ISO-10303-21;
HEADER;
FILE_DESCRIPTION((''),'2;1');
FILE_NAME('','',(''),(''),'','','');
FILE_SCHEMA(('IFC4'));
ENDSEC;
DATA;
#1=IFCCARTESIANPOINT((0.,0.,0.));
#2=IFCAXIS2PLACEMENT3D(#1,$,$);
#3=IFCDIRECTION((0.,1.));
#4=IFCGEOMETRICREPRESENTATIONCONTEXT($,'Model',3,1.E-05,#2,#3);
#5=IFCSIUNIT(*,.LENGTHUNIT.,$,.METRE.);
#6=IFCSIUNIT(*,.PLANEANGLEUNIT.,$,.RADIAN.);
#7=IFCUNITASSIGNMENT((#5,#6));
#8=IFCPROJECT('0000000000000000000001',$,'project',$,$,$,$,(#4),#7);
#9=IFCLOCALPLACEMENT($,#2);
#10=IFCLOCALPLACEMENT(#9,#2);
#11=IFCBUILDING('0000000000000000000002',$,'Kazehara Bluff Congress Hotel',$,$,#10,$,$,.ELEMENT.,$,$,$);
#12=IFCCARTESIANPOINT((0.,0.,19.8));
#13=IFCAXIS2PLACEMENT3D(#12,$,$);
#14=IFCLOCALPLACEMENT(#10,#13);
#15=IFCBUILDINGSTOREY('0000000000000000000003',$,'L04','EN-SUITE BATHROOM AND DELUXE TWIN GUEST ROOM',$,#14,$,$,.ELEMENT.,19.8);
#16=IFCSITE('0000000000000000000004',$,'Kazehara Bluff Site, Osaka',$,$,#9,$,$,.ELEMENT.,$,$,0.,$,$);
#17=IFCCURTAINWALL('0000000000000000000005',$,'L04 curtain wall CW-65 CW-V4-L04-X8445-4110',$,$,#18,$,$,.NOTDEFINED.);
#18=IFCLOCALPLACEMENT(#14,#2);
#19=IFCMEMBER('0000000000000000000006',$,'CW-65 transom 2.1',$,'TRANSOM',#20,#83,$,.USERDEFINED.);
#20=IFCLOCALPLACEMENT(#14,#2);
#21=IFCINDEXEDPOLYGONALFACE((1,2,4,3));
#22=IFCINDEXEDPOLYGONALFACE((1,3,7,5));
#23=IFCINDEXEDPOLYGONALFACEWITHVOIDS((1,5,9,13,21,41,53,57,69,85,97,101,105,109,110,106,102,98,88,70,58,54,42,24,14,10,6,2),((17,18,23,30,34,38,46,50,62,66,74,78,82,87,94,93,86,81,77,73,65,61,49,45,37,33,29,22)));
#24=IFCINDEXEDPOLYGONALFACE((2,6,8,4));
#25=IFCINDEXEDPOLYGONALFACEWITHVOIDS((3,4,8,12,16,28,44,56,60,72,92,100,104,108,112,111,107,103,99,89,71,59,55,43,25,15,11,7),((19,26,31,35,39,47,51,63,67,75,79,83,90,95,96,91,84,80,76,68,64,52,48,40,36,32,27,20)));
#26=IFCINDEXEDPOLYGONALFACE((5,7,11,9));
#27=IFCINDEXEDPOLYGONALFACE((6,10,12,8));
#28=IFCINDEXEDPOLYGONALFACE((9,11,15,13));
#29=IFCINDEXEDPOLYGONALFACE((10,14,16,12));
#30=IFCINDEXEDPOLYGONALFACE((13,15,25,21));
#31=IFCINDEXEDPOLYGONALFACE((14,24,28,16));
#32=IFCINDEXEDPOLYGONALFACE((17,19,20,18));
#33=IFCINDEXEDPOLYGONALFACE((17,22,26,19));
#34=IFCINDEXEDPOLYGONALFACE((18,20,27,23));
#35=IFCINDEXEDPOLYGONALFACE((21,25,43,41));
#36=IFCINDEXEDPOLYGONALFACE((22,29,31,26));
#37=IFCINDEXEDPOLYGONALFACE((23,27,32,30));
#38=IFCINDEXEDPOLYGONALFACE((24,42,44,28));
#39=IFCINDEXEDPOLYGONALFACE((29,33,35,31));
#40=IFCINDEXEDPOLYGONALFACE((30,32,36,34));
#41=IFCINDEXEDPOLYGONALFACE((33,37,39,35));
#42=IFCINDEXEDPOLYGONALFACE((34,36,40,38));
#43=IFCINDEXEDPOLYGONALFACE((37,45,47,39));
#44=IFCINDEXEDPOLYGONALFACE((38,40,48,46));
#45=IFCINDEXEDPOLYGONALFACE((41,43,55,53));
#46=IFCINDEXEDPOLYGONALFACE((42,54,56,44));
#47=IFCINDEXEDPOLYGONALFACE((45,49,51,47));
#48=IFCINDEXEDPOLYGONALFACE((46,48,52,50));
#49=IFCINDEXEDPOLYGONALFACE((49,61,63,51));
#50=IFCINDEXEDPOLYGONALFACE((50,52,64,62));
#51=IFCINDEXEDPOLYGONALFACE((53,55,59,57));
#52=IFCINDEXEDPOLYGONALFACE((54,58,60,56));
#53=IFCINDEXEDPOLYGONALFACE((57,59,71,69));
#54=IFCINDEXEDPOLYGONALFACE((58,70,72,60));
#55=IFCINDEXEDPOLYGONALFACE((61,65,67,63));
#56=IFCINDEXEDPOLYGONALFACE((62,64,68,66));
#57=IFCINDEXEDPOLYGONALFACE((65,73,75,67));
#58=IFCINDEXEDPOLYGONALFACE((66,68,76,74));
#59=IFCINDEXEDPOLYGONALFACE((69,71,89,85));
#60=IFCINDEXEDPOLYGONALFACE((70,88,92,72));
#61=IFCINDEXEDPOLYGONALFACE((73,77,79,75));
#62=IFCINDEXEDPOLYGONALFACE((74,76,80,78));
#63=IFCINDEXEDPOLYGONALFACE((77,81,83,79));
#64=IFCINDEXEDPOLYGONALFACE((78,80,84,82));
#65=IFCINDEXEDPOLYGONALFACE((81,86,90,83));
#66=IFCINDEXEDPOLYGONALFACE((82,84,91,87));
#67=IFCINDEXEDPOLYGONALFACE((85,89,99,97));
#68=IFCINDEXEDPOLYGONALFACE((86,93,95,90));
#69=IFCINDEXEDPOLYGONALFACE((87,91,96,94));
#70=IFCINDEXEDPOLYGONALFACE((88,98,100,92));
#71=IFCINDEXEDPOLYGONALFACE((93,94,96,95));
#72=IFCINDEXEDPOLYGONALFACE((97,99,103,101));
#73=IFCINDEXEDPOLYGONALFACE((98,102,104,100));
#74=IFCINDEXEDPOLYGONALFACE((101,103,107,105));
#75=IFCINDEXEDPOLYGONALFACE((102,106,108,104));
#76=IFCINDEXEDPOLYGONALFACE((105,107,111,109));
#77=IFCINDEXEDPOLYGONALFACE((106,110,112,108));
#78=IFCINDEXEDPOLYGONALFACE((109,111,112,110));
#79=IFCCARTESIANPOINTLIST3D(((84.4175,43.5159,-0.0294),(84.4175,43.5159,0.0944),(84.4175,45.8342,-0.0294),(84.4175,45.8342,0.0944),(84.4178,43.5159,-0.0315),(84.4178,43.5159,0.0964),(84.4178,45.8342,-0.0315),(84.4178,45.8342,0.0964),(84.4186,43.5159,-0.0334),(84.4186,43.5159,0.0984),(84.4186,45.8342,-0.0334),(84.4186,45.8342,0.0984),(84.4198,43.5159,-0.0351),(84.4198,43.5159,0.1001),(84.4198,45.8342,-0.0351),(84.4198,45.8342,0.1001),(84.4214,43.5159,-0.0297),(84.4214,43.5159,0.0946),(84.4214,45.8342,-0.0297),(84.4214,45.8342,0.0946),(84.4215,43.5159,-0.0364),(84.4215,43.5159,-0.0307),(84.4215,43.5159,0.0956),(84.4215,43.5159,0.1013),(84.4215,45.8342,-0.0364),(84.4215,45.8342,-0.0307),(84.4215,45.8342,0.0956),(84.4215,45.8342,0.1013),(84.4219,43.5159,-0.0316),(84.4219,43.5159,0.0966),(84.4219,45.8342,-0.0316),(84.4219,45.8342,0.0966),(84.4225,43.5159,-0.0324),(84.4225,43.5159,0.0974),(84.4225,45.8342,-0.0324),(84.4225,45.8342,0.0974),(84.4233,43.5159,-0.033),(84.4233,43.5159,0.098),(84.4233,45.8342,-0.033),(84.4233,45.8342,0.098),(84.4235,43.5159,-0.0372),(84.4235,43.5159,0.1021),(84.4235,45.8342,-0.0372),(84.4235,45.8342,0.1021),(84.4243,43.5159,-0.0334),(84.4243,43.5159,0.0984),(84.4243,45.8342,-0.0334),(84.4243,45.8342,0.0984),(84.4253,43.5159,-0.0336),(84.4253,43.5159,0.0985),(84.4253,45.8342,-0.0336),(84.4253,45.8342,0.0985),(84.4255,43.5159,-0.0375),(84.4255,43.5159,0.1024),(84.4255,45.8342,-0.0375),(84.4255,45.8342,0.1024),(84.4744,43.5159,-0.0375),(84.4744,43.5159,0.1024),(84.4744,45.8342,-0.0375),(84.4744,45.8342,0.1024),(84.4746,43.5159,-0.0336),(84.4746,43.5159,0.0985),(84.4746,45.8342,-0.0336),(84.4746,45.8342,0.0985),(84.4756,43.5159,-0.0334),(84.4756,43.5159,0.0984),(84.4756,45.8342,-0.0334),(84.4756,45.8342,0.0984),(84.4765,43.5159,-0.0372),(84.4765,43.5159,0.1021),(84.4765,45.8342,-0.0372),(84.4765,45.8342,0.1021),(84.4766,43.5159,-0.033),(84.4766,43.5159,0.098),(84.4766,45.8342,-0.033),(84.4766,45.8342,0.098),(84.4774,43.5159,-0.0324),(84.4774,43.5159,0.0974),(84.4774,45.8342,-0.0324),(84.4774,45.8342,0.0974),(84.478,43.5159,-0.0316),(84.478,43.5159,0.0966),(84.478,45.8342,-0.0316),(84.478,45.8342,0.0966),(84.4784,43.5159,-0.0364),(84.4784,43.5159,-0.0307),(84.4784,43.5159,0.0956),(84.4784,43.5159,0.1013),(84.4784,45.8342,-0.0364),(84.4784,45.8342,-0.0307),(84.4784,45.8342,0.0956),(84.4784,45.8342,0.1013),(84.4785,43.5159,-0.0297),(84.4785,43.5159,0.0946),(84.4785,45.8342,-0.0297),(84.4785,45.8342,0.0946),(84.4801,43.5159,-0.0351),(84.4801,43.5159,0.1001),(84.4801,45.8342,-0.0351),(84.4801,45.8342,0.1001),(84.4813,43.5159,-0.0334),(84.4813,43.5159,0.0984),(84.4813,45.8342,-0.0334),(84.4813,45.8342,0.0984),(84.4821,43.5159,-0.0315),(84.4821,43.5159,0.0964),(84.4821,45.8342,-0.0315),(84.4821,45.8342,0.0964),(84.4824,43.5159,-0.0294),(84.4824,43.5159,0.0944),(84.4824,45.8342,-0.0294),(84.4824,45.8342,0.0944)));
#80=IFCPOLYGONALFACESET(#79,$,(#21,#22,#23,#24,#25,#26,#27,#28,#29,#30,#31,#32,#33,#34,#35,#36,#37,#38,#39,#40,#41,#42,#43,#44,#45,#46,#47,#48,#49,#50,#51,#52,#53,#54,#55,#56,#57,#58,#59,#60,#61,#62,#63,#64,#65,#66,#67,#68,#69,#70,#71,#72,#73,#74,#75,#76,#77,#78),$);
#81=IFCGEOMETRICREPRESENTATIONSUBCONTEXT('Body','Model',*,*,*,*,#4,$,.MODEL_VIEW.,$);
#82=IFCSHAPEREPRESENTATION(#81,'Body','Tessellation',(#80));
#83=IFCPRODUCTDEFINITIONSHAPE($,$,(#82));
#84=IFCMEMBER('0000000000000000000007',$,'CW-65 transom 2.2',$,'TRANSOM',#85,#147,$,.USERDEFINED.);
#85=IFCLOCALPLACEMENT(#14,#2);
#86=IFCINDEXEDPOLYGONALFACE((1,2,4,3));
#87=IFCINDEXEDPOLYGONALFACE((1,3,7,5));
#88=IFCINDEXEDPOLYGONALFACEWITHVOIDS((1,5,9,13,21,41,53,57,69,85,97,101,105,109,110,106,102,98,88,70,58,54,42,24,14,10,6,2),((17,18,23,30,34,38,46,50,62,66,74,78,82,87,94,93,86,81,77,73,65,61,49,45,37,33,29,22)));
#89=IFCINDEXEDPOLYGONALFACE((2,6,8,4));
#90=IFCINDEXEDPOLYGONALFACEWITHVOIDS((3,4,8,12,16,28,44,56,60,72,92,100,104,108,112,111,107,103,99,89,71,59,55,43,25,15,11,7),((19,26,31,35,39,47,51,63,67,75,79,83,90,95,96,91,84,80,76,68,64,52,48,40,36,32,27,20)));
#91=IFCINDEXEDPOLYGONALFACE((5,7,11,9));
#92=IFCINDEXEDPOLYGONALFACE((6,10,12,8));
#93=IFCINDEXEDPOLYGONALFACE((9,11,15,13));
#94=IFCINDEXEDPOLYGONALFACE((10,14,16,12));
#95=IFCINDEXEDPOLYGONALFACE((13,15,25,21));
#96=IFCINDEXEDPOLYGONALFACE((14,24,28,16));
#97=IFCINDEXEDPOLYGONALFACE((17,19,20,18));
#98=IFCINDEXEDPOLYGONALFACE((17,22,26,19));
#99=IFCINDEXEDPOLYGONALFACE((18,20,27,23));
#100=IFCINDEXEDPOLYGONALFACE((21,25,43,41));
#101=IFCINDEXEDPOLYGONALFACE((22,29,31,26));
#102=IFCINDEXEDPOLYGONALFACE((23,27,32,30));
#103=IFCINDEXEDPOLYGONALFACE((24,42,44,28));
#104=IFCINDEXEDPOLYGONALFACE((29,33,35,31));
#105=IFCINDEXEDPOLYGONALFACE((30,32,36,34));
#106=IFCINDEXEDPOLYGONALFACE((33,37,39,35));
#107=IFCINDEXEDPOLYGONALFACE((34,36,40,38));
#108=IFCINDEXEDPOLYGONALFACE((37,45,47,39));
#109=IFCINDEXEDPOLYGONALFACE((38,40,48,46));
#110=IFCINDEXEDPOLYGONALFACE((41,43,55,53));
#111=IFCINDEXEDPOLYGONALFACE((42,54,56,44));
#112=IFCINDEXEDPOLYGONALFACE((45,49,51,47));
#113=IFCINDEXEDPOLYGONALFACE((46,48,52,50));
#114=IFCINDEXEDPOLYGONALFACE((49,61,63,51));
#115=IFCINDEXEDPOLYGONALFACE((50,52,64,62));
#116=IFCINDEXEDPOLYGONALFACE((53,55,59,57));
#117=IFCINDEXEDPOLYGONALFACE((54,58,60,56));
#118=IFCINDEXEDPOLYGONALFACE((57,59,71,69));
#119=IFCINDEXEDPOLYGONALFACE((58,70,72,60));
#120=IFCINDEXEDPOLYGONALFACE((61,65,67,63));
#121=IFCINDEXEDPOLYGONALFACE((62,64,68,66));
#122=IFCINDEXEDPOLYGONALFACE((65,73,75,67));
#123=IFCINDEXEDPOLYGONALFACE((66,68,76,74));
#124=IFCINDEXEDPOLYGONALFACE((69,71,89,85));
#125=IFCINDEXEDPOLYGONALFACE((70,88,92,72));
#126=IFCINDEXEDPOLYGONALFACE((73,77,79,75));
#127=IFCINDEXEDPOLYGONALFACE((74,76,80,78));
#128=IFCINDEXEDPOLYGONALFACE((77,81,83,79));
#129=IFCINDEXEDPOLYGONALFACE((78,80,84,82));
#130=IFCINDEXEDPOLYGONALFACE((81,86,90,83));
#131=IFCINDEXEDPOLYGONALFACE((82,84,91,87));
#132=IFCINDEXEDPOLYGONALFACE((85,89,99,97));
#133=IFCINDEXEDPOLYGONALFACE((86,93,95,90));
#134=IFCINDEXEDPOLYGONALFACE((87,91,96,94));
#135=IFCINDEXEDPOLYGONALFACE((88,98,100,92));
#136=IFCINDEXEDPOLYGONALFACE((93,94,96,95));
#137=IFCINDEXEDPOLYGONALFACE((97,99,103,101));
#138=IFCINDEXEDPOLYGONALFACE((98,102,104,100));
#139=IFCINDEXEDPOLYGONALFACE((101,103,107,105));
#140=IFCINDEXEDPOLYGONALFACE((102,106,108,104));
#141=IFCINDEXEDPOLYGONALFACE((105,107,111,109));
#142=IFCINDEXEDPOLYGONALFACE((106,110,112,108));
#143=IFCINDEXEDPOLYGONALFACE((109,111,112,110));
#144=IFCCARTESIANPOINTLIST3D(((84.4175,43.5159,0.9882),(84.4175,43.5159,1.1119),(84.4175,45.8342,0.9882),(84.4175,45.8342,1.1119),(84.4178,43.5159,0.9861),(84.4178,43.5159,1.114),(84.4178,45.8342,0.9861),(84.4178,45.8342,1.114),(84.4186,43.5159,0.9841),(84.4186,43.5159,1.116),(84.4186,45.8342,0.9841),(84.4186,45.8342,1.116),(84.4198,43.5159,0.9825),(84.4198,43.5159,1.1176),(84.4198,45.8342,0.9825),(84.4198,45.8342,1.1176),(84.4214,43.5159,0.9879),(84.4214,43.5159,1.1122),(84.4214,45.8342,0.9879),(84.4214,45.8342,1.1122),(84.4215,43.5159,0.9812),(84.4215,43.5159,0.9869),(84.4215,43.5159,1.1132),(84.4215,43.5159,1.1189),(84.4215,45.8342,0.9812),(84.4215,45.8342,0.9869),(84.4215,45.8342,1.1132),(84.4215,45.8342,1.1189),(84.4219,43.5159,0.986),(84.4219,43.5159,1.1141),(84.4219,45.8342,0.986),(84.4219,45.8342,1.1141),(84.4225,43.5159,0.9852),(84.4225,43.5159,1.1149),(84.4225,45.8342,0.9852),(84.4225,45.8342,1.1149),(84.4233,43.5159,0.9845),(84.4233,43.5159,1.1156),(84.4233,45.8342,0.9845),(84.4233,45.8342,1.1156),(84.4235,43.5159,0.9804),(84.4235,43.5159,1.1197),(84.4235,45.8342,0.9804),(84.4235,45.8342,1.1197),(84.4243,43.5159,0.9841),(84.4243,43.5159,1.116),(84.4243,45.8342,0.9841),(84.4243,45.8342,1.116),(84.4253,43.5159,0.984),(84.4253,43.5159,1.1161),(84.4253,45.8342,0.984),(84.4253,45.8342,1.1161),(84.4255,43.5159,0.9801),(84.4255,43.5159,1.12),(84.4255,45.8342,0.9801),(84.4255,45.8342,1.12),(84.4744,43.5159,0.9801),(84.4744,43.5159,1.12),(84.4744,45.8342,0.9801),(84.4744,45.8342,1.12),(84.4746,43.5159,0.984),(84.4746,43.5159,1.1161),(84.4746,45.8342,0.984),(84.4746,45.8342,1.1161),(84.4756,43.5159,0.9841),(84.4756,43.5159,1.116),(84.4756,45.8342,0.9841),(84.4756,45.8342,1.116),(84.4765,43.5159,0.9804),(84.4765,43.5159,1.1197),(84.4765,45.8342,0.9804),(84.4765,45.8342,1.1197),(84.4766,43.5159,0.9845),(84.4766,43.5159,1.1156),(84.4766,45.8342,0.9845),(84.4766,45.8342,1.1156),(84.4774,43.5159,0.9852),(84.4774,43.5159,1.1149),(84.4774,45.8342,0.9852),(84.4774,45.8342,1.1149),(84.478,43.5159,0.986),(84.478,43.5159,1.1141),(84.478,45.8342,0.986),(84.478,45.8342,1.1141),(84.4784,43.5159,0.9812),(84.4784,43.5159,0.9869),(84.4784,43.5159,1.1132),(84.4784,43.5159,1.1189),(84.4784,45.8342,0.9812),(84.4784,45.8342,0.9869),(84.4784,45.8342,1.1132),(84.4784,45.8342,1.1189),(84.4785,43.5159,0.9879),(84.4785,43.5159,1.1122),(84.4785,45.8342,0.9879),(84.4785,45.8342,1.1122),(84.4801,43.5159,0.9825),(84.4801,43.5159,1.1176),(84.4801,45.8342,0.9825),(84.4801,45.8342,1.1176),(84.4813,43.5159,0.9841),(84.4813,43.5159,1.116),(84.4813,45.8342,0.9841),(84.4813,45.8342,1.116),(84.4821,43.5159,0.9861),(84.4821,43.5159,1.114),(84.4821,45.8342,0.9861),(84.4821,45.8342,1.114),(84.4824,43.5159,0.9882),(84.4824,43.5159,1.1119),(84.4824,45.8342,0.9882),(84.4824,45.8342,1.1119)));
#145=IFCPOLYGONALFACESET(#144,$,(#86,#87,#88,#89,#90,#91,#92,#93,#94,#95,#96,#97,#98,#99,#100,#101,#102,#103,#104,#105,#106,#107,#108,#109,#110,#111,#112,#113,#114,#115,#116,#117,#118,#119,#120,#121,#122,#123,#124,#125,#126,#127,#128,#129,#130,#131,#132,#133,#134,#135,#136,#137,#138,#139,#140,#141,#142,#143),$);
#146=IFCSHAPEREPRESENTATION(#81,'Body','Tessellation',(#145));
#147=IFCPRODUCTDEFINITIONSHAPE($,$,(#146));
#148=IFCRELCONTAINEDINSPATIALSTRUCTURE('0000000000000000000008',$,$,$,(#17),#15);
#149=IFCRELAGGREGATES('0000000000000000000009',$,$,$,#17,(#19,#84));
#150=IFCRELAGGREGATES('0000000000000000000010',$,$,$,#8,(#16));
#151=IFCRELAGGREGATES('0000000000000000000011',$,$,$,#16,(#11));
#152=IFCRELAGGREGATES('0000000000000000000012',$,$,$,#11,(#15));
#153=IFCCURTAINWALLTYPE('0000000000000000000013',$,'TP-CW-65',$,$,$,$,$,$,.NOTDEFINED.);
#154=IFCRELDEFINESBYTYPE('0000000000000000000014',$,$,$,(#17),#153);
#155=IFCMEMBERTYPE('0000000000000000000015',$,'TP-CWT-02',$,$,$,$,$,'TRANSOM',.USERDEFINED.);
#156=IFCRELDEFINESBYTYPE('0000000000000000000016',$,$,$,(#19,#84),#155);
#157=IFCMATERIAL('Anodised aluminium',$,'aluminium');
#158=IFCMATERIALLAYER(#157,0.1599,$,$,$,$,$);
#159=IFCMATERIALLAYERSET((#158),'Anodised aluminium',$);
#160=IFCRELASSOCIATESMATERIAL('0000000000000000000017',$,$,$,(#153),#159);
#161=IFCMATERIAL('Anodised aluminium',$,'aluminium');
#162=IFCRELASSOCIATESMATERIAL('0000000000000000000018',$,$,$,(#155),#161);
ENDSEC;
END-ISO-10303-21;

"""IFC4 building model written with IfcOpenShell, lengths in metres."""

from ifc_helpers import new_model, si_unit, direction, frame, origin, origin_2d, place, context, subcontext, project, spatial, hollow_rectangle, extrude, material, layer, layer_set, material_profile, profile_set, type_object, element, aggregate, save


model = new_model("IFC4")

# Units and contexts
model_context = context("Model", 3, precision=1e-05, world=origin(), true_north=direction((0.0, 1.0)))
body_context = subcontext(model_context, "Body", "Model", "MODEL_VIEW")
ifc_project = project(units=[si_unit("LENGTHUNIT", "METRE"), si_unit("PLANEANGLEUNIT", "RADIAN")], contexts=[model_context])

# Site, building, storey
site_placement = place(None, origin())
site = spatial("IfcSite", under=ifc_project, at=site_placement, Name="Kazehara Bluff Site, Osaka", CompositionType="ELEMENT", RefElevation=0.0)
building_placement = place(site_placement, origin())
building = spatial("IfcBuilding", under=site, at=building_placement, Name="Kazehara Bluff Congress Hotel", CompositionType="ELEMENT")
storey_placement = place(building_placement, frame((0.0, 0.0, 19.8)))
storey = spatial("IfcBuildingStorey", under=building, at=storey_placement, Name="L04", Description="EN-SUITE BATHROOM AND DELUXE TWIN GUEST ROOM", CompositionType="ELEMENT", Elevation=19.8)

# Curtain wall
ifc_material_1 = material(Name="Anodised aluminium", Category="aluminium")
ifc_layer_1 = layer(ifc_material_1, 0.1599)
ifc_layer_set_1 = layer_set([ifc_layer_1], Name="Anodised aluminium")
curtain_wall_type_1 = type_object("IfcCurtainWallType", Name="TP-CW-65", PredefinedType="NOTDEFINED", material=ifc_layer_set_1)
curtain_wall_1_placement = place(storey_placement, origin())
curtain_wall_1 = element("IfcCurtainWall", 1, at=curtain_wall_1_placement, inside=storey, type_object=curtain_wall_type_1, Name="L04 curtain wall CW-65 CW-V4-L04-X8445-4110", PredefinedType="NOTDEFINED")
ifc_material_2 = material(Name="Anodised aluminium", Category="aluminium")
ifc_material_profile_1 = material_profile(ifc_material_2, hollow_rectangle(XDim=0.0649, YDim=0.1399, WallThickness=0.0039, InnerFilletRadius=0.0039, OuterFilletRadius=0.0081, at=origin_2d()))
ifc_profile_set_1 = profile_set([ifc_material_profile_1], Name="Anodised aluminium")
member_type_1 = type_object("IfcMemberType", Name="TP-CWT-02", ElementType="TRANSOM", PredefinedType="USERDEFINED", material=ifc_profile_set_1)

# Members
member_1_placement = place(storey_placement, frame((84.45, 43.5159, 0.0325), z_axis=(0.0, 1.0, 0.0), x_axis=(-1.0, 0.0, 0.0)))
member_1 = element("IfcMember", 2, at=member_1_placement, type_object=member_type_1, Name="CW-65 transom 2.1", ObjectType="TRANSOM", PredefinedType="USERDEFINED", context=body_context, shape_type="SweptSolid", body=[
    extrude(hollow_rectangle(XDim=0.0649, YDim=0.1399, WallThickness=0.0039, InnerFilletRadius=0.0039, OuterFilletRadius=0.0081, at=origin_2d()), origin(), (0.0, 0.0, 1.0), 2.3184),
])
member_2_placement = place(storey_placement, frame((84.45, 43.5159, 1.05), z_axis=(0.0, 1.0, 0.0), x_axis=(-1.0, 0.0, 0.0)))
member_2 = element("IfcMember", 3, at=member_2_placement, type_object=member_type_1, Name="CW-65 transom 2.2", ObjectType="TRANSOM", PredefinedType="USERDEFINED", context=body_context, shape_type="SweptSolid", body=[
    extrude(hollow_rectangle(XDim=0.0649, YDim=0.1399, WallThickness=0.0039, InnerFilletRadius=0.0039, OuterFilletRadius=0.0081, at=origin_2d()), origin(), (0.0, 0.0, 1.0), 2.3184),
])

aggregate(curtain_wall_1, [member_1, member_2])

save(model, "model.ifc")
